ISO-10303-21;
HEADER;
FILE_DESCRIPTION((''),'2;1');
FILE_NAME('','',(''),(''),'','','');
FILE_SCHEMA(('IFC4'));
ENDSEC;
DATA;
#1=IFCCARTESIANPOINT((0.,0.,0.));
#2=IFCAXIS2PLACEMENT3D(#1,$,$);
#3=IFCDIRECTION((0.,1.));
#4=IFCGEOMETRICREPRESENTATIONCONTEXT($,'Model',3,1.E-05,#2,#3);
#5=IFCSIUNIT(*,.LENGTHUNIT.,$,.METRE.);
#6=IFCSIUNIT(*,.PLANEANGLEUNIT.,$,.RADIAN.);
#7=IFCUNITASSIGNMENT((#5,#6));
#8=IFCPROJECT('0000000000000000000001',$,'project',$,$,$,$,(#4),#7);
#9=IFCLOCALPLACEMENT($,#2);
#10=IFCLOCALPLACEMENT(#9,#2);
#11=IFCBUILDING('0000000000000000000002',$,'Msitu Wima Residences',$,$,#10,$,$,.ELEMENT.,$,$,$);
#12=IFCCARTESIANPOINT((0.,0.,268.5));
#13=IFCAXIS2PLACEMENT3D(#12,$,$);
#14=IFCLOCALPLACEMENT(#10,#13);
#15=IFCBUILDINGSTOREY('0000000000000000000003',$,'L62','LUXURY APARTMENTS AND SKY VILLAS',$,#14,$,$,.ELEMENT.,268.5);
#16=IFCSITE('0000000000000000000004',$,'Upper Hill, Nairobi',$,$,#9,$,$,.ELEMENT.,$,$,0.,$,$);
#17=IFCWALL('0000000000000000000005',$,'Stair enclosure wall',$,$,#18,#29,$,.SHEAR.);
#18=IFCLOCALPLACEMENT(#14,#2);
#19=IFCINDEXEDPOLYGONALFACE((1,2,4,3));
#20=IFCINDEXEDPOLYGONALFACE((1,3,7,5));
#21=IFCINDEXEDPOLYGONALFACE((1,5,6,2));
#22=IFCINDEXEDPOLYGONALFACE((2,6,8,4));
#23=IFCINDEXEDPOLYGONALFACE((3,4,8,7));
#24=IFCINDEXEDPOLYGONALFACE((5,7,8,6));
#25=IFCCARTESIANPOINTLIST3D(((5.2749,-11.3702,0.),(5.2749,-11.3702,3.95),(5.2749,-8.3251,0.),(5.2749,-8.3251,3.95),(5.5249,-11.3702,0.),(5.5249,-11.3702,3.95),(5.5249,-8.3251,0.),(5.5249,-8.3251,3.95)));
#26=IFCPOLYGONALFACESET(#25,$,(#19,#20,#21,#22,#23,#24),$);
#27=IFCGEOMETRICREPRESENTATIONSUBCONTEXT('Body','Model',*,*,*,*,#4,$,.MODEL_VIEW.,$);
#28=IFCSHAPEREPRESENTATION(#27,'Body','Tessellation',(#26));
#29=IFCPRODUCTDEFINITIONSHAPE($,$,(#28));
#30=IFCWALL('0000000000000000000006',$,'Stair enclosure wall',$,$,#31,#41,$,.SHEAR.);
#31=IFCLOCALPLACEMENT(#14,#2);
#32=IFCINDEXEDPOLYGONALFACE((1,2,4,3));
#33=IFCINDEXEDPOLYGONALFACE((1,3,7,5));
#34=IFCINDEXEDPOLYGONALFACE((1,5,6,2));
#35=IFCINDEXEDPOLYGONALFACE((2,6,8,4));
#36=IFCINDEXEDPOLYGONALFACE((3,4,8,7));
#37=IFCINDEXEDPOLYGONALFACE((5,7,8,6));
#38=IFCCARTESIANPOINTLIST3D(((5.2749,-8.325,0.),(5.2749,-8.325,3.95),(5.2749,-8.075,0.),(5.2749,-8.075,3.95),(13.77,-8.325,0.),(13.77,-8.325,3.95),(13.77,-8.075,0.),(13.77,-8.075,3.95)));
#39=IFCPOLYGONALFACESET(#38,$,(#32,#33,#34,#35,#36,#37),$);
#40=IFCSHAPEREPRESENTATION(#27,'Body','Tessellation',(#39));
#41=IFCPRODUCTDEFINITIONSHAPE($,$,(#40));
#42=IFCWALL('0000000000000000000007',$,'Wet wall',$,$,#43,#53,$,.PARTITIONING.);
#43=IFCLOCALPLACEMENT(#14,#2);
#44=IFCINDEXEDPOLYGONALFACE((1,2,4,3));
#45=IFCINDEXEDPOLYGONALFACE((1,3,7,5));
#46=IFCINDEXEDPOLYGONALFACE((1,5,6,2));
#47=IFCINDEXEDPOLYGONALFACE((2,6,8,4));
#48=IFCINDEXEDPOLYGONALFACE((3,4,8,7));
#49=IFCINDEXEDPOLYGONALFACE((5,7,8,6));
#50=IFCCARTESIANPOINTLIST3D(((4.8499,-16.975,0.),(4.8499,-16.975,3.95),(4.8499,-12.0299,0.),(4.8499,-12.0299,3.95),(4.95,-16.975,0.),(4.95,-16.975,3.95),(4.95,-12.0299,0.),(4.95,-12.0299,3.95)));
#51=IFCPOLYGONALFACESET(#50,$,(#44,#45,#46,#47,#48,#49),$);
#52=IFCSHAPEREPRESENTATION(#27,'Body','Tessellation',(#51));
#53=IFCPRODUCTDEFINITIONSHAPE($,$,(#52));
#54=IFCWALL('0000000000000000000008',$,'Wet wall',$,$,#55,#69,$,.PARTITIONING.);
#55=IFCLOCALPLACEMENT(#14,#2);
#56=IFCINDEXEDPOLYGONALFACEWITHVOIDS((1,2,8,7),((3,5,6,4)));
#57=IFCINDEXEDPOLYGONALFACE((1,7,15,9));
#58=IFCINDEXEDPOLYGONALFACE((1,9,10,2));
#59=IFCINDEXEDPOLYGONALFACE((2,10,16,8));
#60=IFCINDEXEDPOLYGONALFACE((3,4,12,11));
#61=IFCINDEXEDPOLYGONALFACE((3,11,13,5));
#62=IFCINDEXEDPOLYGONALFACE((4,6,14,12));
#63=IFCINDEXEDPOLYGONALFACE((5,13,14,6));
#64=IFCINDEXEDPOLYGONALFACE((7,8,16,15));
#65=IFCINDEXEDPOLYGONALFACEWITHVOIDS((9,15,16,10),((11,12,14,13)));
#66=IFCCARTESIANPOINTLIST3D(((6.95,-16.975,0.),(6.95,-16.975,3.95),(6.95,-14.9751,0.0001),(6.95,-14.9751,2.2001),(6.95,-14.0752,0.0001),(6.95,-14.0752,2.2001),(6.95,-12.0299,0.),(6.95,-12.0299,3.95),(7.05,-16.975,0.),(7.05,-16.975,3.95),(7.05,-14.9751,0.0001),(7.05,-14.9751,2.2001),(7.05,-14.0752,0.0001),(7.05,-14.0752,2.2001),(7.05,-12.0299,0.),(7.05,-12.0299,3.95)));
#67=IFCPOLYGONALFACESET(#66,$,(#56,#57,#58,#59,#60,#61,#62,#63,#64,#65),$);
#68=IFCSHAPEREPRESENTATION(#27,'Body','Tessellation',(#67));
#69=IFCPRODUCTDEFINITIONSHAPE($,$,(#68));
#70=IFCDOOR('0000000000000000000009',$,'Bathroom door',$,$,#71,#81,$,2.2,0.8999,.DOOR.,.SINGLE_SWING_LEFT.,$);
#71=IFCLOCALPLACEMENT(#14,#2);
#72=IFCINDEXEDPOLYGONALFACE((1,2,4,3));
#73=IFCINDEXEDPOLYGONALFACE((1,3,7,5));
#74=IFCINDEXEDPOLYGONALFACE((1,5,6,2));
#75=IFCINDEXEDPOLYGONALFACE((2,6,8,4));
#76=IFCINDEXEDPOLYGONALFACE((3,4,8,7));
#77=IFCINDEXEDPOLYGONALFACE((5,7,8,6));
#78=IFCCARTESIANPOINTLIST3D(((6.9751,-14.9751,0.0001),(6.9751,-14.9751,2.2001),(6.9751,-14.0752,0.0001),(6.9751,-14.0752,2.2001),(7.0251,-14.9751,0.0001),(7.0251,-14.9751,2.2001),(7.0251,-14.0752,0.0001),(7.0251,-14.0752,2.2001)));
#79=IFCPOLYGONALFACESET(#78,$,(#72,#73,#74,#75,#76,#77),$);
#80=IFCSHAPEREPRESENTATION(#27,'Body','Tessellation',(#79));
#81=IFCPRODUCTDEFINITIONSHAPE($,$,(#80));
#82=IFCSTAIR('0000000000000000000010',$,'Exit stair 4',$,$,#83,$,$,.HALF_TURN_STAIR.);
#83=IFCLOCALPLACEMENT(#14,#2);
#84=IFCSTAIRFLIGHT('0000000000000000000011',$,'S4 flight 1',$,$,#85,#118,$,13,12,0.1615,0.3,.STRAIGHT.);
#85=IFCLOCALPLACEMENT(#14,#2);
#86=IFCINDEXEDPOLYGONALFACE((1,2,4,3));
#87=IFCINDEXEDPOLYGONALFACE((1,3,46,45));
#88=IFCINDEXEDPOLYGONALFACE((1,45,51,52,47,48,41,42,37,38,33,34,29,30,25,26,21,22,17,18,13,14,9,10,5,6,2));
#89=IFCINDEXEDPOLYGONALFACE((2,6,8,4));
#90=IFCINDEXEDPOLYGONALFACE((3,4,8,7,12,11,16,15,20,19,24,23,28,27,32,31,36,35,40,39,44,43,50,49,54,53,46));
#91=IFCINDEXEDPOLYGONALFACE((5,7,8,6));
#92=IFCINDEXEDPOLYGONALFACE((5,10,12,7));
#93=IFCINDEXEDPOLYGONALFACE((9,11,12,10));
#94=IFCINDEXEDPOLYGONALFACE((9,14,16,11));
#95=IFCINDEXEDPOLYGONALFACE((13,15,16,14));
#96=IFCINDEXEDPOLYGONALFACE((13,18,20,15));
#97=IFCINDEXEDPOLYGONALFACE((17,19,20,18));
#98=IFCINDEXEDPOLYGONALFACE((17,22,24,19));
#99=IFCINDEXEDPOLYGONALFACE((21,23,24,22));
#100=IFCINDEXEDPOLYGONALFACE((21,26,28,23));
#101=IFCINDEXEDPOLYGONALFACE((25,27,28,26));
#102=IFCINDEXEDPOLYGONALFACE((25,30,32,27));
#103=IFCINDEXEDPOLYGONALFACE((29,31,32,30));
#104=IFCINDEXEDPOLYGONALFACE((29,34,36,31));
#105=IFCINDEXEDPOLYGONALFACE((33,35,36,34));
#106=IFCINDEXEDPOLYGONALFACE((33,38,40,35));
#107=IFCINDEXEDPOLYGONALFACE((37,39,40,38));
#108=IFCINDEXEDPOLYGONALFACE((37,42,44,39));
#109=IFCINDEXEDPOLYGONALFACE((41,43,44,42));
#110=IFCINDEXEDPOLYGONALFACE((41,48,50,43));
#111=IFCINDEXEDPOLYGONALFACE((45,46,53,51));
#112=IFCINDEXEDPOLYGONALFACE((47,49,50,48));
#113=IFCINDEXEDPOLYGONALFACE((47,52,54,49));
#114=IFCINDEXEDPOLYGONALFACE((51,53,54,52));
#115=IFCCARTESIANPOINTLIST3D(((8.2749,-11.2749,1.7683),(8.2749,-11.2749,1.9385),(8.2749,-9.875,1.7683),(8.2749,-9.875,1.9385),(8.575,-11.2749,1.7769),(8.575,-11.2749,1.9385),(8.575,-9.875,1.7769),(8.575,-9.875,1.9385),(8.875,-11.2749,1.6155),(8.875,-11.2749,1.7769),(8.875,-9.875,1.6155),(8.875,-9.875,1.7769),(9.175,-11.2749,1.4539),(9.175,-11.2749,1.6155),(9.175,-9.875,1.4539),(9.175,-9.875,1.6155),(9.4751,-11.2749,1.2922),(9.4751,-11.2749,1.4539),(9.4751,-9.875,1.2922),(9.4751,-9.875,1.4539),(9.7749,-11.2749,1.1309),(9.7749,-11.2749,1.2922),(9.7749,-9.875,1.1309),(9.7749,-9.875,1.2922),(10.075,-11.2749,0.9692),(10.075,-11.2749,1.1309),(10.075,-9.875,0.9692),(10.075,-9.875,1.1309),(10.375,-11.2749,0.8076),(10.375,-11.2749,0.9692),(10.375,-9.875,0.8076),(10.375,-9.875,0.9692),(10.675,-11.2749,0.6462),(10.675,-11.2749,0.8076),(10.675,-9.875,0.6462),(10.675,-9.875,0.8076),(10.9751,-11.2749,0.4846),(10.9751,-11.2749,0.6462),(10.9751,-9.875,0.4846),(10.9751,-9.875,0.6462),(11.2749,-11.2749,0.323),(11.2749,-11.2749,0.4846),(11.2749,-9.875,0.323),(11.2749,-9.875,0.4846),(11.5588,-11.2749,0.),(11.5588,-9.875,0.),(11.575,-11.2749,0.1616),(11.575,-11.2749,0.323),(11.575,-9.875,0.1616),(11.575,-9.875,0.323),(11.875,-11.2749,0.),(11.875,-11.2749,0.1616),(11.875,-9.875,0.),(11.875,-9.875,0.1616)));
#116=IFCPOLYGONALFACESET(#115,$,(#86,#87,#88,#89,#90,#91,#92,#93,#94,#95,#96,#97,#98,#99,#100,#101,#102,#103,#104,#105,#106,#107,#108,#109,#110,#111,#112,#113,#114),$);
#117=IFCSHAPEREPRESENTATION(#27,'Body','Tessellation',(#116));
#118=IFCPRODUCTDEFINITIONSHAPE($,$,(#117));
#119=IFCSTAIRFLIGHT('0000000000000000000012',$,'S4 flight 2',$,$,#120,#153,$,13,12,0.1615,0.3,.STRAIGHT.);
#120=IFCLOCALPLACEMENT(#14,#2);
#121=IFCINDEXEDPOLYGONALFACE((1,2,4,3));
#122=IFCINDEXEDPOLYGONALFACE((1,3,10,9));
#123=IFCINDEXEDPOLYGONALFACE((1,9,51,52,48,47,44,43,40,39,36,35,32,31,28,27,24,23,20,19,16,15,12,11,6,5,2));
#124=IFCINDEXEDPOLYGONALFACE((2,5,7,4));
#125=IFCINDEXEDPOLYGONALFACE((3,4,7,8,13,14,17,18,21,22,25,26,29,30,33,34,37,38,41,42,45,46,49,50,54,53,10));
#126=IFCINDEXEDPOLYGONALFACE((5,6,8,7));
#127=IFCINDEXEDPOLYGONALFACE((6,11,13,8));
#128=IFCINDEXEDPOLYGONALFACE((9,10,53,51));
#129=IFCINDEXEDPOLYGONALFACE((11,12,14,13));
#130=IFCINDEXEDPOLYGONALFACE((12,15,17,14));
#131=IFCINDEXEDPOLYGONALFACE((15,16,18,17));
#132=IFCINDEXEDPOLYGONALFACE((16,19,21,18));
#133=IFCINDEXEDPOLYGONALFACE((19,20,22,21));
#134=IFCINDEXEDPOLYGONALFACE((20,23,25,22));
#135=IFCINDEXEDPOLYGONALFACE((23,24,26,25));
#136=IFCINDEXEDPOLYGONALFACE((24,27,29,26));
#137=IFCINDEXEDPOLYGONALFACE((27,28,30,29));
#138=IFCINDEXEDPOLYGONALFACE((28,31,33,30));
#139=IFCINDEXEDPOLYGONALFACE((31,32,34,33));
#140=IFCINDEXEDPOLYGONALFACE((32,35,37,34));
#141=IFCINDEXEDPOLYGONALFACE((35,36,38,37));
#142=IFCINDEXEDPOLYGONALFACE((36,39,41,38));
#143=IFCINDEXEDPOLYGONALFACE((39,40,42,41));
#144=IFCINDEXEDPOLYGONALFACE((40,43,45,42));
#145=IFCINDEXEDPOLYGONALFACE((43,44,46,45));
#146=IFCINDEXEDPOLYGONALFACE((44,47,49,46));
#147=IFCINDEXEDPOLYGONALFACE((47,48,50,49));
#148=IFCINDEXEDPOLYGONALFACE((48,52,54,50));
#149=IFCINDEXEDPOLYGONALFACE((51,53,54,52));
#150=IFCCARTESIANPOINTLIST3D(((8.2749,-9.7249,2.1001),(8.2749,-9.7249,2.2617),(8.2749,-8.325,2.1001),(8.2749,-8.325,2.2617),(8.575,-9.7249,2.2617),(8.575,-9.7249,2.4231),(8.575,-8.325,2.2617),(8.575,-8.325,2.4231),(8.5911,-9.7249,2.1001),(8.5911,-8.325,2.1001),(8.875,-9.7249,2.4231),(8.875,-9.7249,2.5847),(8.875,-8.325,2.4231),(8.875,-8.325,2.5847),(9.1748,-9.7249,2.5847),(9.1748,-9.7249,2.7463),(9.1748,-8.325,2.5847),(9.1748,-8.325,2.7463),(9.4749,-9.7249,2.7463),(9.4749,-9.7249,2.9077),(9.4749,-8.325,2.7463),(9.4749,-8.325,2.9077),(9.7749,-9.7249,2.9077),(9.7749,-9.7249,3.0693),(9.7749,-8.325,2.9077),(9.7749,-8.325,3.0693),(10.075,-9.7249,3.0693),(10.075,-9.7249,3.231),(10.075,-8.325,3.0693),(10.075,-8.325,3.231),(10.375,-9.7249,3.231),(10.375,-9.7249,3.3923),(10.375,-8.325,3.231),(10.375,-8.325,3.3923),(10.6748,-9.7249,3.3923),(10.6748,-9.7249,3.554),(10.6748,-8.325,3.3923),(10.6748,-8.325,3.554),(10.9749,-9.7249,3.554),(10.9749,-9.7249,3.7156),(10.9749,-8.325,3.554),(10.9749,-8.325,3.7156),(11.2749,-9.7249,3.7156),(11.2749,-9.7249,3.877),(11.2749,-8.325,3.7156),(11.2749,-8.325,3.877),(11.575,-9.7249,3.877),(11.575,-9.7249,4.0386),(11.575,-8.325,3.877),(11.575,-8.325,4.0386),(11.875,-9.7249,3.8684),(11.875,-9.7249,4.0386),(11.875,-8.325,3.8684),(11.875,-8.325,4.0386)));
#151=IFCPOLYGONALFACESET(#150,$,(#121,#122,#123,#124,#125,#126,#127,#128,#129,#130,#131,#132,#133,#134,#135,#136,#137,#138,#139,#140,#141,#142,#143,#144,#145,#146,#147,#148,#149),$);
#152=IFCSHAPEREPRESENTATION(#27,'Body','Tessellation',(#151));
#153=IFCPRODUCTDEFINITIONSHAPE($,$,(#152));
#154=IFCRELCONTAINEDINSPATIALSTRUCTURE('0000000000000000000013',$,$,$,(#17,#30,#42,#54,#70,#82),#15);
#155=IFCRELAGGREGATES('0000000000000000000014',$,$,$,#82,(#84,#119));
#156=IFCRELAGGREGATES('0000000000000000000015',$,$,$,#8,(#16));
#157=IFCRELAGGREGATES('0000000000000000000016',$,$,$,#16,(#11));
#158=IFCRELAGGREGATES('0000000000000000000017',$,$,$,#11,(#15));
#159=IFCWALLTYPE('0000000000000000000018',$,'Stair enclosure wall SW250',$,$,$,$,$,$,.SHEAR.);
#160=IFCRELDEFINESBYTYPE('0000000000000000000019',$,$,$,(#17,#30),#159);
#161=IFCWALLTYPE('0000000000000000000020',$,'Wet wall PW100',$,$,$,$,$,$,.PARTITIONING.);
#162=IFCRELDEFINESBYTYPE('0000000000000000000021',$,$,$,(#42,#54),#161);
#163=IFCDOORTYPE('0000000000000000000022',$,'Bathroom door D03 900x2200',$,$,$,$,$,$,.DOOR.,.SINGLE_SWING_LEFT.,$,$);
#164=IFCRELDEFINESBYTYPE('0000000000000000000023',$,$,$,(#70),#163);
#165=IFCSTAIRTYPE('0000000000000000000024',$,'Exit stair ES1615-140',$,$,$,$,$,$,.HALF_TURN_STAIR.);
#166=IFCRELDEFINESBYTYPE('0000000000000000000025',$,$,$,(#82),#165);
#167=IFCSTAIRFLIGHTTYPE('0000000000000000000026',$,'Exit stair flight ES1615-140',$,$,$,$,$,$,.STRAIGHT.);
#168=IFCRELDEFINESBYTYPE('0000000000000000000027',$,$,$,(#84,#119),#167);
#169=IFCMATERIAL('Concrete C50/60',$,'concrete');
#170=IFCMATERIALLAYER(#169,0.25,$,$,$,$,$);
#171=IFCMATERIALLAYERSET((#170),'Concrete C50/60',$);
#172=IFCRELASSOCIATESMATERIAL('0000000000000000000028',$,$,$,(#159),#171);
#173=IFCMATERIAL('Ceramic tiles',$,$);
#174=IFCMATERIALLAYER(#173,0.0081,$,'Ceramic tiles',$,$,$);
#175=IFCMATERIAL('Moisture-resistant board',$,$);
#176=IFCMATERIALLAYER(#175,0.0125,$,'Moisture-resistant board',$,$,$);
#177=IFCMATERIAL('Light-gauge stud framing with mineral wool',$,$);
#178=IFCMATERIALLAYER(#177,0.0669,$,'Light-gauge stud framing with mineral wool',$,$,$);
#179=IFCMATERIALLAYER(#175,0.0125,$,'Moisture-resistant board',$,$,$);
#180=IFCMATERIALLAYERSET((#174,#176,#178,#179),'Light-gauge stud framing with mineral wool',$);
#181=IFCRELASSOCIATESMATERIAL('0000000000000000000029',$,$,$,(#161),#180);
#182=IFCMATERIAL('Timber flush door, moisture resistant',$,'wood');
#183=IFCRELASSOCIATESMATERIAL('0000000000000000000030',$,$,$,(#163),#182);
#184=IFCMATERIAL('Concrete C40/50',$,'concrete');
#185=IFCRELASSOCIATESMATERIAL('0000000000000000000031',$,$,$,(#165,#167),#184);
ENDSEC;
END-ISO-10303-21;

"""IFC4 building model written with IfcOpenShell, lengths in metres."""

from ifc_helpers import new_model, si_unit, direction, frame, frame_2d, origin, place, context, subcontext, project, spatial, polyline, rectangle, outline, extrude, material, layer, layer_set, type_object, element, fill, aggregate, save


model = new_model("IFC4")

# Units and contexts
model_context = context("Model", 3, precision=1e-05, world=origin(), true_north=direction((0.0, 1.0)))
body_context = subcontext(model_context, "Body", "Model", "MODEL_VIEW")
ifc_project = project(units=[si_unit("LENGTHUNIT", "METRE"), si_unit("PLANEANGLEUNIT", "RADIAN")], contexts=[model_context])

# Site, building, storey
site_placement = place(None, origin())
site = spatial("IfcSite", under=ifc_project, at=site_placement, Name="Upper Hill, Nairobi", CompositionType="ELEMENT", RefElevation=0.0)
building_placement = place(site_placement, origin())
building = spatial("IfcBuilding", under=site, at=building_placement, Name="Msitu Wima Residences", CompositionType="ELEMENT")
storey_placement = place(building_placement, frame((0.0, 0.0, 268.5)))
storey = spatial("IfcBuildingStorey", under=building, at=storey_placement, Name="L62", Description="LUXURY APARTMENTS AND SKY VILLAS", CompositionType="ELEMENT", Elevation=268.5)

# Shared definitions
ifc_material_1 = material(Name="Concrete C40/50", Category="concrete")

# Walls
ifc_material_2 = material(Name="Light-gauge stud framing with mineral wool")
ifc_material_3 = material(Name="Concrete C50/60", Category="concrete")
ifc_layer_1 = layer(ifc_material_3, 0.25)
ifc_layer_set_1 = layer_set([ifc_layer_1], Name="Concrete C50/60")
wall_type_1 = type_object("IfcWallType", Name="Stair enclosure wall SW250", PredefinedType="SHEAR", material=ifc_layer_set_1)
wall_1_placement = place(storey_placement, frame((5.3999, -11.3701, 0.0), z_axis=(0.0, 0.0, 1.0), x_axis=(0.0, 1.0, 0.0)))
element("IfcWall", 1, at=wall_1_placement, inside=storey, type_object=wall_type_1, Name="Stair enclosure wall", PredefinedType="SHEAR", context=body_context, shape_type="SweptSolid", body=[
    extrude(rectangle(XDim=3.0452, YDim=0.25, at=frame_2d((1.5225, 0.0))), origin(), (0.0, 0.0, 1.0), 3.95),
])
wall_2_placement = place(storey_placement, frame((5.2749, -8.2, 0.0), z_axis=(0.0, 0.0, 1.0), x_axis=(1.0, 0.0, 0.0)))
element("IfcWall", 2, at=wall_2_placement, inside=storey, type_object=wall_type_1, Name="Stair enclosure wall", PredefinedType="SHEAR", context=body_context, shape_type="SweptSolid", body=[
    extrude(rectangle(XDim=8.4951, YDim=0.25, at=frame_2d((4.2476, 0.0))), origin(), (0.0, 0.0, 1.0), 3.95),
])
ifc_material_4 = material(Name="Ceramic tiles")
ifc_layer_2 = layer(ifc_material_4, 0.0081, Name="Ceramic tiles")
ifc_material_5 = material(Name="Moisture-resistant board")
ifc_layer_3 = layer(ifc_material_5, 0.0125, Name="Moisture-resistant board")
ifc_layer_4 = layer(ifc_material_2, 0.0669, Name="Light-gauge stud framing with mineral wool")
ifc_layer_5 = layer(ifc_material_5, 0.0125, Name="Moisture-resistant board")
ifc_layer_set_2 = layer_set([ifc_layer_2, ifc_layer_3, ifc_layer_4, ifc_layer_5], Name="Light-gauge stud framing with mineral wool")
wall_type_2 = type_object("IfcWallType", Name="Wet wall PW100", PredefinedType="PARTITIONING", material=ifc_layer_set_2)
wall_3_placement = place(storey_placement, frame((4.8999, -16.9751, 0.0), z_axis=(0.0, 0.0, 1.0), x_axis=(0.0, 1.0, 0.0)))
element("IfcWall", 3, at=wall_3_placement, inside=storey, type_object=wall_type_2, Name="Wet wall", PredefinedType="PARTITIONING", context=body_context, shape_type="SweptSolid", body=[
    extrude(rectangle(XDim=4.9451, YDim=0.1001, at=frame_2d((2.4727, 0.0))), origin(), (0.0, 0.0, 1.0), 3.95),
])

# Wall, opening, door
wall_4_placement = place(storey_placement, frame((7.0, -16.9751, 0.0), z_axis=(0.0, 0.0, 1.0), x_axis=(0.0, 1.0, 0.0)))
wall_4 = element("IfcWall", 4, at=wall_4_placement, inside=storey, type_object=wall_type_2, Name="Wet wall", PredefinedType="PARTITIONING", context=body_context, shape_type="SweptSolid", body=[
    extrude(rectangle(XDim=4.9451, YDim=0.1001, at=frame_2d((2.4727, 0.0))), origin(), (0.0, 0.0, 1.0), 3.95),
])
opening_1_placement = place(wall_4_placement, frame((2.0, 0.0, 0.0)))
opening_1 = element("IfcOpeningElement", 5, at=opening_1_placement, cuts=wall_4, PredefinedType="OPENING", context=body_context, shape_type="SweptSolid", body=[
    extrude(rectangle(XDim=0.8999, YDim=2.2, at=frame_2d((0.45, 1.1001))), frame((0.0, 0.0601, 0.0), z_axis=(0.0, -1.0, 0.0), x_axis=(1.0, 0.0, 0.0)), (0.0, 0.0, 1.0), 0.1201),
])
ifc_material_6 = material(Name="Timber flush door, moisture resistant", Category="wood")
door_type_1 = type_object("IfcDoorType", Name="Bathroom door D03 900x2200", OperationType="SINGLE_SWING_LEFT", PredefinedType="DOOR", material=ifc_material_6)
door_1_placement = place(opening_1_placement, origin())
door_1 = element("IfcDoor", 6, at=door_1_placement, inside=storey, type_object=door_type_1, Name="Bathroom door", OperationType="SINGLE_SWING_LEFT", OverallHeight=2.2, OverallWidth=0.8999, PredefinedType="DOOR", context=body_context, shape_type="SweptSolid", body=[
    extrude(rectangle(XDim=0.8999, YDim=2.2, at=frame_2d((0.45, 1.1001))), frame((0.0, 0.0249, 0.0), z_axis=(0.0, -1.0, 0.0), x_axis=(1.0, 0.0, 0.0)), (0.0, 0.0, 1.0), 0.05),
])
fill(opening_1, door_1)

# Stair, stair flights
stair_type = type_object("IfcStairType", Name="Exit stair ES1615-140", PredefinedType="HALF_TURN_STAIR", material=ifc_material_1)
stair_placement = place(storey_placement, origin())
stair = element("IfcStair", 7, at=stair_placement, inside=storey, type_object=stair_type, Name="Exit stair 4", PredefinedType="HALF_TURN_STAIR")
stair_flight_type = type_object("IfcStairFlightType", Name="Exit stair flight ES1615-140", PredefinedType="STRAIGHT", material=ifc_material_1)
stair_flight_1_placement = place(storey_placement, frame((11.875, -10.575, 0.0), z_axis=(0.0, 0.0, 1.0), x_axis=(-1.0, 0.0, 0.0)))
stair_flight_1 = element("IfcStairFlight", 8, at=stair_flight_1_placement, type_object=stair_flight_type, Name="S4 flight 1", NumberOfRisers=13, NumberOfTreads=12, PredefinedType="STRAIGHT", RiserHeight=0.1615, TreadLength=0.3, context=body_context, shape_type="SweptSolid", body=[
    extrude(outline(polyline([(0.0, 0.0), (0.0, 0.1616), (0.3, 0.1616), (0.3, 0.323), (0.6001, 0.323), (0.6001, 0.4846), (0.8999, 0.4846), (0.8999, 0.6462), (1.2, 0.6462), (1.2, 0.8076), (1.5, 0.8076), (1.5, 0.9692), (1.8, 0.9692), (1.8, 1.1309), (2.1001, 1.1309), (2.1001, 1.2922), (2.3999, 1.2922), (2.3999, 1.4539), (2.7, 1.4539), (2.7, 1.6155), (3.0, 1.6155), (3.0, 1.7769), (3.3, 1.7769), (3.3, 1.9385), (3.6001, 1.9385), (3.6001, 2.1001), (3.6001, 1.7683), (0.3162, 0.0), (0.0, 0.0)])), frame((0.0, 0.7, 0.0), z_axis=(0.0, -1.0, 0.0), x_axis=(1.0, 0.0, 0.0)), (0.0, 0.0, 1.0), 1.3999),
])
stair_flight_2_placement = place(storey_placement, frame((8.2749, -9.0249, 2.1001), z_axis=(0.0, 0.0, 1.0), x_axis=(1.0, 0.0, 0.0)))
stair_flight_2 = element("IfcStairFlight", 9, at=stair_flight_2_placement, type_object=stair_flight_type, Name="S4 flight 2", NumberOfRisers=13, NumberOfTreads=12, PredefinedType="STRAIGHT", RiserHeight=0.1615, TreadLength=0.3, context=body_context, shape_type="SweptSolid", body=[
    extrude(outline(polyline([(0.0, 0.0), (0.0, 0.1616), (0.3, 0.1616), (0.3, 0.323), (0.6001, 0.323), (0.6001, 0.4846), (0.8999, 0.4846), (0.8999, 0.6462), (1.2, 0.6462), (1.2, 0.8076), (1.5, 0.8076), (1.5, 0.9692), (1.8, 0.9692), (1.8, 1.1309), (2.1001, 1.1309), (2.1001, 1.2922), (2.3999, 1.2922), (2.3999, 1.4539), (2.7, 1.4539), (2.7, 1.6155), (3.0, 1.6155), (3.0, 1.7769), (3.3, 1.7769), (3.3, 1.9385), (3.6001, 1.9385), (3.6001, 2.1001), (3.6001, 1.7683), (0.3162, 0.0), (0.0, 0.0)])), frame((0.0, 0.7, 0.0), z_axis=(0.0, -1.0, 0.0), x_axis=(1.0, 0.0, 0.0)), (0.0, 0.0, 1.0), 1.3999),
])
aggregate(stair, [stair_flight_1, stair_flight_2])

save(model, "model.ifc")
